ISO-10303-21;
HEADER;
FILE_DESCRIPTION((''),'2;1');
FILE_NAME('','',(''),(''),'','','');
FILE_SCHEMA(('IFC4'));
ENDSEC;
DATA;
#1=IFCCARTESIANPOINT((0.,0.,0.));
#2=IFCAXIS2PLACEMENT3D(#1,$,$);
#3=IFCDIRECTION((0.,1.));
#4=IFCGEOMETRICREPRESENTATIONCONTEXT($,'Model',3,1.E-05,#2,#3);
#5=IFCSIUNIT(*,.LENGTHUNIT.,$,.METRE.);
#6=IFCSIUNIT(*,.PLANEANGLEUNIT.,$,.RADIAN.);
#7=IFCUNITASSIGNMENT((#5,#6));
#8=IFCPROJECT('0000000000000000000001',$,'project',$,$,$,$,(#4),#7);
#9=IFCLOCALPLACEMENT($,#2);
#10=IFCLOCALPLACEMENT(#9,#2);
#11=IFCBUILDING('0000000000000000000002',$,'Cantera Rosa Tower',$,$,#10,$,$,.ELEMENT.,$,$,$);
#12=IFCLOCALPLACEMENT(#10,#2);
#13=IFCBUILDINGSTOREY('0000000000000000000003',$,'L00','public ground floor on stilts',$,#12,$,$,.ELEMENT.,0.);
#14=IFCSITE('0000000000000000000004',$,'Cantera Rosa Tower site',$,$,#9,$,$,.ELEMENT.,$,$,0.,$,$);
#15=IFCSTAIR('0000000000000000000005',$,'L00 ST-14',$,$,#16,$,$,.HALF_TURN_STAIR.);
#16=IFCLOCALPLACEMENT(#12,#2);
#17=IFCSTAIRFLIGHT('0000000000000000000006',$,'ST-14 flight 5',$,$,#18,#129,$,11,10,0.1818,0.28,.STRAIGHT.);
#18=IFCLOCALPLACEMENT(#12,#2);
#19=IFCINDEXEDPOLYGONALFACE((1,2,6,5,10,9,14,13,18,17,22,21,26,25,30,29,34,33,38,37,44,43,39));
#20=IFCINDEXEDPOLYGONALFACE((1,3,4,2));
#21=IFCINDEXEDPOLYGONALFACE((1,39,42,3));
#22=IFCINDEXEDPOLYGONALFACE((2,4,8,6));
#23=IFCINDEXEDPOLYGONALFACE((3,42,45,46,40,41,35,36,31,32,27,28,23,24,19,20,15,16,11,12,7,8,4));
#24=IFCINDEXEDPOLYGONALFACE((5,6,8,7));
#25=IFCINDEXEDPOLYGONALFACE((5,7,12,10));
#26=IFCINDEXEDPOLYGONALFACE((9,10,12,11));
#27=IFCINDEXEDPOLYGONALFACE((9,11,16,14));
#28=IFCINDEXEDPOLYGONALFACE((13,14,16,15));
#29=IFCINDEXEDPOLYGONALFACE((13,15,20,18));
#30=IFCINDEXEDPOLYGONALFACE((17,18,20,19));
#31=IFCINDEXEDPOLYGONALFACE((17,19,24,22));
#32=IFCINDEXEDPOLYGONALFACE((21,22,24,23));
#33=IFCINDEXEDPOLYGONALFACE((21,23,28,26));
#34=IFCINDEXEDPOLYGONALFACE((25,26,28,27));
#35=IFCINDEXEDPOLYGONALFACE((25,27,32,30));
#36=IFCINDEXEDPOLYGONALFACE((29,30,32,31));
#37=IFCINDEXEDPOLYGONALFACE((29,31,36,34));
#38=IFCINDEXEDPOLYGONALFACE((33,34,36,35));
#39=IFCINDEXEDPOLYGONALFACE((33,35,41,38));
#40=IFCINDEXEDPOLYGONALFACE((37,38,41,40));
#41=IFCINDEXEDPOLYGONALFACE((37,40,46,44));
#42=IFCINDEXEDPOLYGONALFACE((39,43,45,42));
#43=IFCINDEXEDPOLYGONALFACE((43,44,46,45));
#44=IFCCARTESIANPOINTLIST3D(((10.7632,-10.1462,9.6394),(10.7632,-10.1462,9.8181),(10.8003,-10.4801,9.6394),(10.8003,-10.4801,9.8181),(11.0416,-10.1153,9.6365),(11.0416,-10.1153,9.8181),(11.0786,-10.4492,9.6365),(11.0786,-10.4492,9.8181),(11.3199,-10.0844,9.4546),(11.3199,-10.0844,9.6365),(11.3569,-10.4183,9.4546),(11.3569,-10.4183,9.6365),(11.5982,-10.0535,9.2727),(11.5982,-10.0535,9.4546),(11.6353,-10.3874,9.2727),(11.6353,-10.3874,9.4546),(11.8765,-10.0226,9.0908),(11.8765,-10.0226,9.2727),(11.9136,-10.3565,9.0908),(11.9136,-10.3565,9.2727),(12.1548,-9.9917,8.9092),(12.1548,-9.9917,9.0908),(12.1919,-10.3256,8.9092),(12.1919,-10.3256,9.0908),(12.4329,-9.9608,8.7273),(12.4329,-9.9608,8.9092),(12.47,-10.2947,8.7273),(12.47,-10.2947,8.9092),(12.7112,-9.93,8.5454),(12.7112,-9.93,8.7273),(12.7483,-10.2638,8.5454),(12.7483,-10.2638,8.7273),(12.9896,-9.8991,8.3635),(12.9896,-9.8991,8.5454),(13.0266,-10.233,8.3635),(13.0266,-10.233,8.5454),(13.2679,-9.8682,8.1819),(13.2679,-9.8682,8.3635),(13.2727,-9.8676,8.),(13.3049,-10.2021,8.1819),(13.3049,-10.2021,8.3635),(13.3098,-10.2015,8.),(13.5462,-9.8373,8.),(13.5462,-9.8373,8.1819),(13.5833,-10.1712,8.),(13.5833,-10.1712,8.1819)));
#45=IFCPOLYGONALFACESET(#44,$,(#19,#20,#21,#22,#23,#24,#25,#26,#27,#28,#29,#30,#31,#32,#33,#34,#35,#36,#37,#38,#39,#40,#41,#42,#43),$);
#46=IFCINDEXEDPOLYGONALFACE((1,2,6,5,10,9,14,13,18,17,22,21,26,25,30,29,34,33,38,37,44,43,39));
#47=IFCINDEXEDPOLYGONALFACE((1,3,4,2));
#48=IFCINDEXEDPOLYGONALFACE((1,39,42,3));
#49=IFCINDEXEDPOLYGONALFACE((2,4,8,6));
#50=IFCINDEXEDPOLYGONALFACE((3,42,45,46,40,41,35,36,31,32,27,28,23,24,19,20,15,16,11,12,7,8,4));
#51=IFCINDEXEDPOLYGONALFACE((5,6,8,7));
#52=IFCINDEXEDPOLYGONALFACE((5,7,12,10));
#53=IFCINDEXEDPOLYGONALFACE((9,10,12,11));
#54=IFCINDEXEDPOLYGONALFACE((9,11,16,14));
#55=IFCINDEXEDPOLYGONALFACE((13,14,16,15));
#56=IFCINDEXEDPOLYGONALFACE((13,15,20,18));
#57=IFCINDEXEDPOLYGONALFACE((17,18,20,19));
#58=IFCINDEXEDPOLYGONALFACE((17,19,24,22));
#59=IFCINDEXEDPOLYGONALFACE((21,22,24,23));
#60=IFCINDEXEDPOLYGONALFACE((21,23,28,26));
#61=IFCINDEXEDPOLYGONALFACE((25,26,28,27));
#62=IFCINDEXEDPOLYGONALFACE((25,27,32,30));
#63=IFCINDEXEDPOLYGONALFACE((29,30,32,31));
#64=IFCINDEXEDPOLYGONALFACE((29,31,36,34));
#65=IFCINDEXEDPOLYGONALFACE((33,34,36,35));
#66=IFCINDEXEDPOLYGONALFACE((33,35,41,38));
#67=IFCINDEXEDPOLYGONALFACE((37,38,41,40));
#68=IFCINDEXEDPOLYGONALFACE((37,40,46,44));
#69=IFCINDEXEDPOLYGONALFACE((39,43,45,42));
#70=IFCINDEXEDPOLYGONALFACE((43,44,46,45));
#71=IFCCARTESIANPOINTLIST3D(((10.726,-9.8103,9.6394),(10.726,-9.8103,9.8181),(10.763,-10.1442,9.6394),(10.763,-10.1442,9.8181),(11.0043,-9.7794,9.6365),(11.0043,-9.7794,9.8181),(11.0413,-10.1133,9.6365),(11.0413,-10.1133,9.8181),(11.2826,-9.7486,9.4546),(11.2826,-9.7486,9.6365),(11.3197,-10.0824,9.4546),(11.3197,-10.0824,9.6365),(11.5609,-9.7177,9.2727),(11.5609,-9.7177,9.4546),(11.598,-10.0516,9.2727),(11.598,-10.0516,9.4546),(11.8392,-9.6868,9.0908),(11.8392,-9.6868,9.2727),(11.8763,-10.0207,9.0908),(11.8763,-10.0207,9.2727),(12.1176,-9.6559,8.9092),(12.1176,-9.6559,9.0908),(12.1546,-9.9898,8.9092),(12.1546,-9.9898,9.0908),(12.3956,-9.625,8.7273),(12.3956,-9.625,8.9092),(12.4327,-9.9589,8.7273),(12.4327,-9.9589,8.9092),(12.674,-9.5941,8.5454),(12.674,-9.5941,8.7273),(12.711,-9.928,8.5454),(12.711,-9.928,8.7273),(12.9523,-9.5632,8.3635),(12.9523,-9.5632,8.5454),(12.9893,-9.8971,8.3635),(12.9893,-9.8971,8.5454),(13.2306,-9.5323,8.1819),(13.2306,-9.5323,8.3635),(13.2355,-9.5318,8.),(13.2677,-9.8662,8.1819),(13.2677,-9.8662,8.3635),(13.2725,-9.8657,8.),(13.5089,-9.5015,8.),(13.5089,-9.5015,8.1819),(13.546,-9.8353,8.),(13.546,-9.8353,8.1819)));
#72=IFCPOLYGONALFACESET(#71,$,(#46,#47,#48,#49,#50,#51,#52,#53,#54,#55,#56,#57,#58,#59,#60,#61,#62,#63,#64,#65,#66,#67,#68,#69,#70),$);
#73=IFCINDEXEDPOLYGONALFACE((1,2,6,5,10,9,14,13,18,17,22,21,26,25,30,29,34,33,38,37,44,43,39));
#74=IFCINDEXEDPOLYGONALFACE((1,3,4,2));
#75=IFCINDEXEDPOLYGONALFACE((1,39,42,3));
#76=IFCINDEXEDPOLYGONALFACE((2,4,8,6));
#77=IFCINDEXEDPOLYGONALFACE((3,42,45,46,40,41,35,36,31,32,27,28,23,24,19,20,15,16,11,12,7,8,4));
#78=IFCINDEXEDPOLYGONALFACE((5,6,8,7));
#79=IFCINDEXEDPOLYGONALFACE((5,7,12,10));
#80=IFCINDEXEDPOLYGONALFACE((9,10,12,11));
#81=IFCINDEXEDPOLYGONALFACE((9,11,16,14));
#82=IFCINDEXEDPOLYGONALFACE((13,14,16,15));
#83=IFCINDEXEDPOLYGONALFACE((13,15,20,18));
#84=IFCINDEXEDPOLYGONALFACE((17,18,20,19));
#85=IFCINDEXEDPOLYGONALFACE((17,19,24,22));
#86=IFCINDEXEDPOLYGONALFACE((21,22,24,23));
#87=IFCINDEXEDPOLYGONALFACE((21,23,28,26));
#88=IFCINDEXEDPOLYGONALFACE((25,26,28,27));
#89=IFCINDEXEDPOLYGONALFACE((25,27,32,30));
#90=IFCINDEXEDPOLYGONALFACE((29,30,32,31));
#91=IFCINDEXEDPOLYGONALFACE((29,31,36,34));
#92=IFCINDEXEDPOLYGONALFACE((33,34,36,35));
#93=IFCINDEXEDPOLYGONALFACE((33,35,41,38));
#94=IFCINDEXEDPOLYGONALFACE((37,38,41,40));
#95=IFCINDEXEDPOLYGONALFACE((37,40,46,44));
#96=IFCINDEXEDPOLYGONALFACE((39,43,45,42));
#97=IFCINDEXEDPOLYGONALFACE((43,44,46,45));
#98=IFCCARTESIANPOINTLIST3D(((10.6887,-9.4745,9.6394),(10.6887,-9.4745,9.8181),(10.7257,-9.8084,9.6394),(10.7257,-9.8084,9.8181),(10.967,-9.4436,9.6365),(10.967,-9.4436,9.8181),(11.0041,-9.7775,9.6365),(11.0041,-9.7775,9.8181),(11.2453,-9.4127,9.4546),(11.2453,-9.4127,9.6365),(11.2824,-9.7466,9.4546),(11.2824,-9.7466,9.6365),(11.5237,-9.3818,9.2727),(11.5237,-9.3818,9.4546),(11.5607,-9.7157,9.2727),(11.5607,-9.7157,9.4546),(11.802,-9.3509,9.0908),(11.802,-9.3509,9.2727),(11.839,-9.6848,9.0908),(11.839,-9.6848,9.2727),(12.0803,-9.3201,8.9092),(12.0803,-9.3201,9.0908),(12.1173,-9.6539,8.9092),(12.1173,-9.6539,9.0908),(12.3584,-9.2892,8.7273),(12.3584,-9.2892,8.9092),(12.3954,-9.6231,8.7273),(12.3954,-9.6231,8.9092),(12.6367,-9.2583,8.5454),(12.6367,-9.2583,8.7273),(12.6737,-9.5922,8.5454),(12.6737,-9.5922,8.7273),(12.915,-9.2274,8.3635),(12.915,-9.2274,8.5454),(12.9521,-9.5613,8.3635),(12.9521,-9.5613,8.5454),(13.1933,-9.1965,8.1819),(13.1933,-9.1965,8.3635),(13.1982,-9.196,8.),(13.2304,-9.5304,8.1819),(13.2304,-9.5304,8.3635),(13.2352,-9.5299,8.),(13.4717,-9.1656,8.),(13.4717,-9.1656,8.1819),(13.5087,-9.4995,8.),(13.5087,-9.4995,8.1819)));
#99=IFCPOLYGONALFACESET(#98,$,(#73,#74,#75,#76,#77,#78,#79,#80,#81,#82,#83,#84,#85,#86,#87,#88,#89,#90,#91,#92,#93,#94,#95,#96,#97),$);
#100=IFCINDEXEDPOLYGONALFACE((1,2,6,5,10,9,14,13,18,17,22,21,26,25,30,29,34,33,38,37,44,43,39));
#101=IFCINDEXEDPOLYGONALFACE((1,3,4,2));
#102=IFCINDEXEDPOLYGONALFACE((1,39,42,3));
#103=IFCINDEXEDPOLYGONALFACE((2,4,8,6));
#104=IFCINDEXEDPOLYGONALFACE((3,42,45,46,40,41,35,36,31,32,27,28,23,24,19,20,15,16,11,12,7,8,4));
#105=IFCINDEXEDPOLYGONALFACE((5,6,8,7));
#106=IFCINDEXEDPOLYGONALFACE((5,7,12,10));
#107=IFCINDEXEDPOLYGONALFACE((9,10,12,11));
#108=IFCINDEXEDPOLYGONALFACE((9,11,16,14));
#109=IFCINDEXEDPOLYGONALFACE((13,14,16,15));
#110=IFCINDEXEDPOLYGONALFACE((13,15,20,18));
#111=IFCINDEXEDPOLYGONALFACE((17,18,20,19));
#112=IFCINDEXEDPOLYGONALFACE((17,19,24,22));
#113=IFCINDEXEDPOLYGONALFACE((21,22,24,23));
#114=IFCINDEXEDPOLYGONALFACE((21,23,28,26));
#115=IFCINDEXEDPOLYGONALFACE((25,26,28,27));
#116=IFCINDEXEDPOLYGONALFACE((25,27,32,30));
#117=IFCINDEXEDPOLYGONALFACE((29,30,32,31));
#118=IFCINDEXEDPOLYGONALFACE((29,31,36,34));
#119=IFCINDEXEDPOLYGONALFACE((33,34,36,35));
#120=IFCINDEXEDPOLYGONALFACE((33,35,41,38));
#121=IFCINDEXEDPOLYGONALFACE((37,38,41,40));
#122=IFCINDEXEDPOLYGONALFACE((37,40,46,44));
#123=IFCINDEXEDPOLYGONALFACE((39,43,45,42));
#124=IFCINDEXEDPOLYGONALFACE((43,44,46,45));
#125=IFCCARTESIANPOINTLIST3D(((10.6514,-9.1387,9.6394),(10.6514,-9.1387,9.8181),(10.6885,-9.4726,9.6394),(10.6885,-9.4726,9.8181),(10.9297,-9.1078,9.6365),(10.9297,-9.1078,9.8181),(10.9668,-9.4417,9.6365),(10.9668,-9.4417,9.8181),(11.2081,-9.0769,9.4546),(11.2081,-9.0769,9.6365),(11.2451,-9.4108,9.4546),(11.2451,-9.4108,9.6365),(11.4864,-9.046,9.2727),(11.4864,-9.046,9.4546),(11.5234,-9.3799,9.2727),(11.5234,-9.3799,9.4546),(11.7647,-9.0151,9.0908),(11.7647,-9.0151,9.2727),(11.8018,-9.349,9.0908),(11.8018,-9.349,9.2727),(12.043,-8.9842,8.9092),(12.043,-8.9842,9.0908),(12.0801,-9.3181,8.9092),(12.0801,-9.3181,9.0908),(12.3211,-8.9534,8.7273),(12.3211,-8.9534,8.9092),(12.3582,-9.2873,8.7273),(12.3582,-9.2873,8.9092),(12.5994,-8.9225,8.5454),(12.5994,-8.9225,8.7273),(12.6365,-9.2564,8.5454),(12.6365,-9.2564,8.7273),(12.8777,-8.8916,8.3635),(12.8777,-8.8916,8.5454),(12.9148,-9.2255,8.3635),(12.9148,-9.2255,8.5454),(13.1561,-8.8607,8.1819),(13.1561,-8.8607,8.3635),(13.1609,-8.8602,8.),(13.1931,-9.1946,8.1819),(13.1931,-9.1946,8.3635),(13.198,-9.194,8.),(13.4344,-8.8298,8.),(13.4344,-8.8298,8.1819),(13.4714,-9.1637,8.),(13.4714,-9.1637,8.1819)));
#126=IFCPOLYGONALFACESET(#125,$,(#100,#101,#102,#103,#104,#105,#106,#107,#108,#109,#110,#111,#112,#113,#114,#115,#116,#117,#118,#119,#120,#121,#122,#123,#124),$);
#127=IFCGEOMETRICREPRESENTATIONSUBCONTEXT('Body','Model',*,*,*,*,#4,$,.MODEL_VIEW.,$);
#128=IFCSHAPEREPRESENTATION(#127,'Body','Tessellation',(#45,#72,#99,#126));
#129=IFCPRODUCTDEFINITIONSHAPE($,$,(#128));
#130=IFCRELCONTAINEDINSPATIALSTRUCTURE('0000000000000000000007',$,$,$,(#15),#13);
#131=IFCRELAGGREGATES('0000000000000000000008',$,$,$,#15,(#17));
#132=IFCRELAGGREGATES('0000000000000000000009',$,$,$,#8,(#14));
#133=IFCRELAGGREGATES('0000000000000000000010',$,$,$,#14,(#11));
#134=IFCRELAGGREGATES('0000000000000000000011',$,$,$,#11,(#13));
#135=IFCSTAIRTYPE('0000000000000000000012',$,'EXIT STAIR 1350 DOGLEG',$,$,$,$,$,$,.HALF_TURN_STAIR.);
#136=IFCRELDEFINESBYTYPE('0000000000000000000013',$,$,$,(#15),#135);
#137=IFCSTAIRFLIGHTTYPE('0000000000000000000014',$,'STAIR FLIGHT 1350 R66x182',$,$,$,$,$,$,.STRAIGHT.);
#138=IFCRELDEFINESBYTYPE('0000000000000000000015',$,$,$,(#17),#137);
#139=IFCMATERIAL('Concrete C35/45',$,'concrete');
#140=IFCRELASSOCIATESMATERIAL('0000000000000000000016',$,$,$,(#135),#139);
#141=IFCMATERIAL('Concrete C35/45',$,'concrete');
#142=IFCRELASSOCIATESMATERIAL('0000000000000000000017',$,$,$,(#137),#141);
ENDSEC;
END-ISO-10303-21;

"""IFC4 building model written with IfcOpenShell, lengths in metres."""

from ifc_helpers import new_model, si_unit, direction, frame, origin, place, context, subcontext, project, spatial, polyline, outline, extrude, material, type_object, element, aggregate, save


model = new_model("IFC4")

# Units and contexts
model_context = context("Model", 3, precision=1e-05, world=origin(), true_north=direction((0.0, 1.0)))
body_context = subcontext(model_context, "Body", "Model", "MODEL_VIEW")
ifc_project = project(units=[si_unit("LENGTHUNIT", "METRE"), si_unit("PLANEANGLEUNIT", "RADIAN")], contexts=[model_context])

# Site, building, storey
site_placement = place(None, origin())
site = spatial("IfcSite", under=ifc_project, at=site_placement, Name="Cantera Rosa Tower site", CompositionType="ELEMENT", RefElevation=0.0)
building_placement = place(site_placement, origin())
building = spatial("IfcBuilding", under=site, at=building_placement, Name="Cantera Rosa Tower", CompositionType="ELEMENT")
storey_placement = place(building_placement, origin())
storey = spatial("IfcBuildingStorey", under=building, at=storey_placement, Name="L00", Description="public ground floor on stilts", CompositionType="ELEMENT", Elevation=0.0)

# Stair, stair flight
ifc_material_1 = material(Name="Concrete C35/45", Category="concrete")
stair_type = type_object("IfcStairType", Name="EXIT STAIR 1350 DOGLEG", PredefinedType="HALF_TURN_STAIR", material=ifc_material_1)
stair_placement = place(storey_placement, origin())
stair = element("IfcStair", 1, at=stair_placement, inside=storey, type_object=stair_type, Name="L00 ST-14", PredefinedType="HALF_TURN_STAIR")
ifc_material_2 = material(Name="Concrete C35/45", Category="concrete")
stair_flight_type = type_object("IfcStairFlightType", Name="STAIR FLIGHT 1350 R66x182", PredefinedType="STRAIGHT", material=ifc_material_2)
stair_flight_1_placement = place(storey_placement, frame((13.5088, -9.5002, 8.0), z_axis=(0.0, 0.0, 1.0), x_axis=(-0.993897, -0.110313, 0.0)))
stair_flight_1 = element("IfcStairFlight", 2, at=stair_flight_1_placement, type_object=stair_flight_type, Name="ST-14 flight 5", NumberOfRisers=11, NumberOfTreads=10, PredefinedType="STRAIGHT", RiserHeight=0.1818, TreadLength=0.28, context=body_context, shape_type="SweptSolid", body=[
    extrude(outline(polyline([(0.0, 0.0), (0.0, 0.1819), (0.28, 0.1819), (0.28, 0.3635), (0.5601, 0.3635), (0.5601, 0.5454), (0.8401, 0.5454), (0.8401, 0.7273), (1.1201, 0.7273), (1.1201, 0.9092), (1.3999, 0.9092), (1.3999, 1.0908), (1.6799, 1.0908), (1.6799, 1.2727), (1.96, 1.2727), (1.96, 1.4546), (2.24, 1.4546), (2.24, 1.6365), (2.52, 1.6365), (2.52, 1.8181), (2.8, 1.8181), (2.8, 2.0), (2.8, 1.6394), (0.2751, 0.0), (0.0, 0.0)])), frame((0.0, 0.675, 0.0), z_axis=(0.0, -1.0, 0.0), x_axis=(1.0, 0.0, 0.0)), (0.0, 0.0, 1.0), 0.3359),
    extrude(outline(polyline([(0.0, 0.0), (0.0, 0.1819), (0.28, 0.1819), (0.28, 0.3635), (0.5601, 0.3635), (0.5601, 0.5454), (0.8401, 0.5454), (0.8401, 0.7273), (1.1201, 0.7273), (1.1201, 0.9092), (1.3999, 0.9092), (1.3999, 1.0908), (1.6799, 1.0908), (1.6799, 1.2727), (1.96, 1.2727), (1.96, 1.4546), (2.24, 1.4546), (2.24, 1.6365), (2.52, 1.6365), (2.52, 1.8181), (2.8, 1.8181), (2.8, 2.0), (2.8, 1.6394), (0.2751, 0.0), (0.0, 0.0)])), frame((0.0, 0.3372, 0.0), z_axis=(0.0, -1.0, 0.0), x_axis=(1.0, 0.0, 0.0)), (0.0, 0.0, 1.0), 0.3359),
    extrude(outline(polyline([(0.0, 0.0), (0.0, 0.1819), (0.28, 0.1819), (0.28, 0.3635), (0.5601, 0.3635), (0.5601, 0.5454), (0.8401, 0.5454), (0.8401, 0.7273), (1.1201, 0.7273), (1.1201, 0.9092), (1.3999, 0.9092), (1.3999, 1.0908), (1.6799, 1.0908), (1.6799, 1.2727), (1.96, 1.2727), (1.96, 1.4546), (2.24, 1.4546), (2.24, 1.6365), (2.52, 1.6365), (2.52, 1.8181), (2.8, 1.8181), (2.8, 2.0), (2.8, 1.6394), (0.2751, 0.0), (0.0, 0.0)])), frame((0.0, -0.0007, 0.0), z_axis=(0.0, -1.0, 0.0), x_axis=(1.0, 0.0, 0.0)), (0.0, 0.0, 1.0), 0.3359),
    extrude(outline(polyline([(0.0, 0.0), (0.0, 0.1819), (0.28, 0.1819), (0.28, 0.3635), (0.5601, 0.3635), (0.5601, 0.5454), (0.8401, 0.5454), (0.8401, 0.7273), (1.1201, 0.7273), (1.1201, 0.9092), (1.3999, 0.9092), (1.3999, 1.0908), (1.6799, 1.0908), (1.6799, 1.2727), (1.96, 1.2727), (1.96, 1.4546), (2.24, 1.4546), (2.24, 1.6365), (2.52, 1.6365), (2.52, 1.8181), (2.8, 1.8181), (2.8, 2.0), (2.8, 1.6394), (0.2751, 0.0), (0.0, 0.0)])), frame((0.0, -0.3386, 0.0), z_axis=(0.0, -1.0, 0.0), x_axis=(1.0, 0.0, 0.0)), (0.0, 0.0, 1.0), 0.3359),
])
aggregate(stair, [stair_flight_1])

save(model, "model.ifc")
